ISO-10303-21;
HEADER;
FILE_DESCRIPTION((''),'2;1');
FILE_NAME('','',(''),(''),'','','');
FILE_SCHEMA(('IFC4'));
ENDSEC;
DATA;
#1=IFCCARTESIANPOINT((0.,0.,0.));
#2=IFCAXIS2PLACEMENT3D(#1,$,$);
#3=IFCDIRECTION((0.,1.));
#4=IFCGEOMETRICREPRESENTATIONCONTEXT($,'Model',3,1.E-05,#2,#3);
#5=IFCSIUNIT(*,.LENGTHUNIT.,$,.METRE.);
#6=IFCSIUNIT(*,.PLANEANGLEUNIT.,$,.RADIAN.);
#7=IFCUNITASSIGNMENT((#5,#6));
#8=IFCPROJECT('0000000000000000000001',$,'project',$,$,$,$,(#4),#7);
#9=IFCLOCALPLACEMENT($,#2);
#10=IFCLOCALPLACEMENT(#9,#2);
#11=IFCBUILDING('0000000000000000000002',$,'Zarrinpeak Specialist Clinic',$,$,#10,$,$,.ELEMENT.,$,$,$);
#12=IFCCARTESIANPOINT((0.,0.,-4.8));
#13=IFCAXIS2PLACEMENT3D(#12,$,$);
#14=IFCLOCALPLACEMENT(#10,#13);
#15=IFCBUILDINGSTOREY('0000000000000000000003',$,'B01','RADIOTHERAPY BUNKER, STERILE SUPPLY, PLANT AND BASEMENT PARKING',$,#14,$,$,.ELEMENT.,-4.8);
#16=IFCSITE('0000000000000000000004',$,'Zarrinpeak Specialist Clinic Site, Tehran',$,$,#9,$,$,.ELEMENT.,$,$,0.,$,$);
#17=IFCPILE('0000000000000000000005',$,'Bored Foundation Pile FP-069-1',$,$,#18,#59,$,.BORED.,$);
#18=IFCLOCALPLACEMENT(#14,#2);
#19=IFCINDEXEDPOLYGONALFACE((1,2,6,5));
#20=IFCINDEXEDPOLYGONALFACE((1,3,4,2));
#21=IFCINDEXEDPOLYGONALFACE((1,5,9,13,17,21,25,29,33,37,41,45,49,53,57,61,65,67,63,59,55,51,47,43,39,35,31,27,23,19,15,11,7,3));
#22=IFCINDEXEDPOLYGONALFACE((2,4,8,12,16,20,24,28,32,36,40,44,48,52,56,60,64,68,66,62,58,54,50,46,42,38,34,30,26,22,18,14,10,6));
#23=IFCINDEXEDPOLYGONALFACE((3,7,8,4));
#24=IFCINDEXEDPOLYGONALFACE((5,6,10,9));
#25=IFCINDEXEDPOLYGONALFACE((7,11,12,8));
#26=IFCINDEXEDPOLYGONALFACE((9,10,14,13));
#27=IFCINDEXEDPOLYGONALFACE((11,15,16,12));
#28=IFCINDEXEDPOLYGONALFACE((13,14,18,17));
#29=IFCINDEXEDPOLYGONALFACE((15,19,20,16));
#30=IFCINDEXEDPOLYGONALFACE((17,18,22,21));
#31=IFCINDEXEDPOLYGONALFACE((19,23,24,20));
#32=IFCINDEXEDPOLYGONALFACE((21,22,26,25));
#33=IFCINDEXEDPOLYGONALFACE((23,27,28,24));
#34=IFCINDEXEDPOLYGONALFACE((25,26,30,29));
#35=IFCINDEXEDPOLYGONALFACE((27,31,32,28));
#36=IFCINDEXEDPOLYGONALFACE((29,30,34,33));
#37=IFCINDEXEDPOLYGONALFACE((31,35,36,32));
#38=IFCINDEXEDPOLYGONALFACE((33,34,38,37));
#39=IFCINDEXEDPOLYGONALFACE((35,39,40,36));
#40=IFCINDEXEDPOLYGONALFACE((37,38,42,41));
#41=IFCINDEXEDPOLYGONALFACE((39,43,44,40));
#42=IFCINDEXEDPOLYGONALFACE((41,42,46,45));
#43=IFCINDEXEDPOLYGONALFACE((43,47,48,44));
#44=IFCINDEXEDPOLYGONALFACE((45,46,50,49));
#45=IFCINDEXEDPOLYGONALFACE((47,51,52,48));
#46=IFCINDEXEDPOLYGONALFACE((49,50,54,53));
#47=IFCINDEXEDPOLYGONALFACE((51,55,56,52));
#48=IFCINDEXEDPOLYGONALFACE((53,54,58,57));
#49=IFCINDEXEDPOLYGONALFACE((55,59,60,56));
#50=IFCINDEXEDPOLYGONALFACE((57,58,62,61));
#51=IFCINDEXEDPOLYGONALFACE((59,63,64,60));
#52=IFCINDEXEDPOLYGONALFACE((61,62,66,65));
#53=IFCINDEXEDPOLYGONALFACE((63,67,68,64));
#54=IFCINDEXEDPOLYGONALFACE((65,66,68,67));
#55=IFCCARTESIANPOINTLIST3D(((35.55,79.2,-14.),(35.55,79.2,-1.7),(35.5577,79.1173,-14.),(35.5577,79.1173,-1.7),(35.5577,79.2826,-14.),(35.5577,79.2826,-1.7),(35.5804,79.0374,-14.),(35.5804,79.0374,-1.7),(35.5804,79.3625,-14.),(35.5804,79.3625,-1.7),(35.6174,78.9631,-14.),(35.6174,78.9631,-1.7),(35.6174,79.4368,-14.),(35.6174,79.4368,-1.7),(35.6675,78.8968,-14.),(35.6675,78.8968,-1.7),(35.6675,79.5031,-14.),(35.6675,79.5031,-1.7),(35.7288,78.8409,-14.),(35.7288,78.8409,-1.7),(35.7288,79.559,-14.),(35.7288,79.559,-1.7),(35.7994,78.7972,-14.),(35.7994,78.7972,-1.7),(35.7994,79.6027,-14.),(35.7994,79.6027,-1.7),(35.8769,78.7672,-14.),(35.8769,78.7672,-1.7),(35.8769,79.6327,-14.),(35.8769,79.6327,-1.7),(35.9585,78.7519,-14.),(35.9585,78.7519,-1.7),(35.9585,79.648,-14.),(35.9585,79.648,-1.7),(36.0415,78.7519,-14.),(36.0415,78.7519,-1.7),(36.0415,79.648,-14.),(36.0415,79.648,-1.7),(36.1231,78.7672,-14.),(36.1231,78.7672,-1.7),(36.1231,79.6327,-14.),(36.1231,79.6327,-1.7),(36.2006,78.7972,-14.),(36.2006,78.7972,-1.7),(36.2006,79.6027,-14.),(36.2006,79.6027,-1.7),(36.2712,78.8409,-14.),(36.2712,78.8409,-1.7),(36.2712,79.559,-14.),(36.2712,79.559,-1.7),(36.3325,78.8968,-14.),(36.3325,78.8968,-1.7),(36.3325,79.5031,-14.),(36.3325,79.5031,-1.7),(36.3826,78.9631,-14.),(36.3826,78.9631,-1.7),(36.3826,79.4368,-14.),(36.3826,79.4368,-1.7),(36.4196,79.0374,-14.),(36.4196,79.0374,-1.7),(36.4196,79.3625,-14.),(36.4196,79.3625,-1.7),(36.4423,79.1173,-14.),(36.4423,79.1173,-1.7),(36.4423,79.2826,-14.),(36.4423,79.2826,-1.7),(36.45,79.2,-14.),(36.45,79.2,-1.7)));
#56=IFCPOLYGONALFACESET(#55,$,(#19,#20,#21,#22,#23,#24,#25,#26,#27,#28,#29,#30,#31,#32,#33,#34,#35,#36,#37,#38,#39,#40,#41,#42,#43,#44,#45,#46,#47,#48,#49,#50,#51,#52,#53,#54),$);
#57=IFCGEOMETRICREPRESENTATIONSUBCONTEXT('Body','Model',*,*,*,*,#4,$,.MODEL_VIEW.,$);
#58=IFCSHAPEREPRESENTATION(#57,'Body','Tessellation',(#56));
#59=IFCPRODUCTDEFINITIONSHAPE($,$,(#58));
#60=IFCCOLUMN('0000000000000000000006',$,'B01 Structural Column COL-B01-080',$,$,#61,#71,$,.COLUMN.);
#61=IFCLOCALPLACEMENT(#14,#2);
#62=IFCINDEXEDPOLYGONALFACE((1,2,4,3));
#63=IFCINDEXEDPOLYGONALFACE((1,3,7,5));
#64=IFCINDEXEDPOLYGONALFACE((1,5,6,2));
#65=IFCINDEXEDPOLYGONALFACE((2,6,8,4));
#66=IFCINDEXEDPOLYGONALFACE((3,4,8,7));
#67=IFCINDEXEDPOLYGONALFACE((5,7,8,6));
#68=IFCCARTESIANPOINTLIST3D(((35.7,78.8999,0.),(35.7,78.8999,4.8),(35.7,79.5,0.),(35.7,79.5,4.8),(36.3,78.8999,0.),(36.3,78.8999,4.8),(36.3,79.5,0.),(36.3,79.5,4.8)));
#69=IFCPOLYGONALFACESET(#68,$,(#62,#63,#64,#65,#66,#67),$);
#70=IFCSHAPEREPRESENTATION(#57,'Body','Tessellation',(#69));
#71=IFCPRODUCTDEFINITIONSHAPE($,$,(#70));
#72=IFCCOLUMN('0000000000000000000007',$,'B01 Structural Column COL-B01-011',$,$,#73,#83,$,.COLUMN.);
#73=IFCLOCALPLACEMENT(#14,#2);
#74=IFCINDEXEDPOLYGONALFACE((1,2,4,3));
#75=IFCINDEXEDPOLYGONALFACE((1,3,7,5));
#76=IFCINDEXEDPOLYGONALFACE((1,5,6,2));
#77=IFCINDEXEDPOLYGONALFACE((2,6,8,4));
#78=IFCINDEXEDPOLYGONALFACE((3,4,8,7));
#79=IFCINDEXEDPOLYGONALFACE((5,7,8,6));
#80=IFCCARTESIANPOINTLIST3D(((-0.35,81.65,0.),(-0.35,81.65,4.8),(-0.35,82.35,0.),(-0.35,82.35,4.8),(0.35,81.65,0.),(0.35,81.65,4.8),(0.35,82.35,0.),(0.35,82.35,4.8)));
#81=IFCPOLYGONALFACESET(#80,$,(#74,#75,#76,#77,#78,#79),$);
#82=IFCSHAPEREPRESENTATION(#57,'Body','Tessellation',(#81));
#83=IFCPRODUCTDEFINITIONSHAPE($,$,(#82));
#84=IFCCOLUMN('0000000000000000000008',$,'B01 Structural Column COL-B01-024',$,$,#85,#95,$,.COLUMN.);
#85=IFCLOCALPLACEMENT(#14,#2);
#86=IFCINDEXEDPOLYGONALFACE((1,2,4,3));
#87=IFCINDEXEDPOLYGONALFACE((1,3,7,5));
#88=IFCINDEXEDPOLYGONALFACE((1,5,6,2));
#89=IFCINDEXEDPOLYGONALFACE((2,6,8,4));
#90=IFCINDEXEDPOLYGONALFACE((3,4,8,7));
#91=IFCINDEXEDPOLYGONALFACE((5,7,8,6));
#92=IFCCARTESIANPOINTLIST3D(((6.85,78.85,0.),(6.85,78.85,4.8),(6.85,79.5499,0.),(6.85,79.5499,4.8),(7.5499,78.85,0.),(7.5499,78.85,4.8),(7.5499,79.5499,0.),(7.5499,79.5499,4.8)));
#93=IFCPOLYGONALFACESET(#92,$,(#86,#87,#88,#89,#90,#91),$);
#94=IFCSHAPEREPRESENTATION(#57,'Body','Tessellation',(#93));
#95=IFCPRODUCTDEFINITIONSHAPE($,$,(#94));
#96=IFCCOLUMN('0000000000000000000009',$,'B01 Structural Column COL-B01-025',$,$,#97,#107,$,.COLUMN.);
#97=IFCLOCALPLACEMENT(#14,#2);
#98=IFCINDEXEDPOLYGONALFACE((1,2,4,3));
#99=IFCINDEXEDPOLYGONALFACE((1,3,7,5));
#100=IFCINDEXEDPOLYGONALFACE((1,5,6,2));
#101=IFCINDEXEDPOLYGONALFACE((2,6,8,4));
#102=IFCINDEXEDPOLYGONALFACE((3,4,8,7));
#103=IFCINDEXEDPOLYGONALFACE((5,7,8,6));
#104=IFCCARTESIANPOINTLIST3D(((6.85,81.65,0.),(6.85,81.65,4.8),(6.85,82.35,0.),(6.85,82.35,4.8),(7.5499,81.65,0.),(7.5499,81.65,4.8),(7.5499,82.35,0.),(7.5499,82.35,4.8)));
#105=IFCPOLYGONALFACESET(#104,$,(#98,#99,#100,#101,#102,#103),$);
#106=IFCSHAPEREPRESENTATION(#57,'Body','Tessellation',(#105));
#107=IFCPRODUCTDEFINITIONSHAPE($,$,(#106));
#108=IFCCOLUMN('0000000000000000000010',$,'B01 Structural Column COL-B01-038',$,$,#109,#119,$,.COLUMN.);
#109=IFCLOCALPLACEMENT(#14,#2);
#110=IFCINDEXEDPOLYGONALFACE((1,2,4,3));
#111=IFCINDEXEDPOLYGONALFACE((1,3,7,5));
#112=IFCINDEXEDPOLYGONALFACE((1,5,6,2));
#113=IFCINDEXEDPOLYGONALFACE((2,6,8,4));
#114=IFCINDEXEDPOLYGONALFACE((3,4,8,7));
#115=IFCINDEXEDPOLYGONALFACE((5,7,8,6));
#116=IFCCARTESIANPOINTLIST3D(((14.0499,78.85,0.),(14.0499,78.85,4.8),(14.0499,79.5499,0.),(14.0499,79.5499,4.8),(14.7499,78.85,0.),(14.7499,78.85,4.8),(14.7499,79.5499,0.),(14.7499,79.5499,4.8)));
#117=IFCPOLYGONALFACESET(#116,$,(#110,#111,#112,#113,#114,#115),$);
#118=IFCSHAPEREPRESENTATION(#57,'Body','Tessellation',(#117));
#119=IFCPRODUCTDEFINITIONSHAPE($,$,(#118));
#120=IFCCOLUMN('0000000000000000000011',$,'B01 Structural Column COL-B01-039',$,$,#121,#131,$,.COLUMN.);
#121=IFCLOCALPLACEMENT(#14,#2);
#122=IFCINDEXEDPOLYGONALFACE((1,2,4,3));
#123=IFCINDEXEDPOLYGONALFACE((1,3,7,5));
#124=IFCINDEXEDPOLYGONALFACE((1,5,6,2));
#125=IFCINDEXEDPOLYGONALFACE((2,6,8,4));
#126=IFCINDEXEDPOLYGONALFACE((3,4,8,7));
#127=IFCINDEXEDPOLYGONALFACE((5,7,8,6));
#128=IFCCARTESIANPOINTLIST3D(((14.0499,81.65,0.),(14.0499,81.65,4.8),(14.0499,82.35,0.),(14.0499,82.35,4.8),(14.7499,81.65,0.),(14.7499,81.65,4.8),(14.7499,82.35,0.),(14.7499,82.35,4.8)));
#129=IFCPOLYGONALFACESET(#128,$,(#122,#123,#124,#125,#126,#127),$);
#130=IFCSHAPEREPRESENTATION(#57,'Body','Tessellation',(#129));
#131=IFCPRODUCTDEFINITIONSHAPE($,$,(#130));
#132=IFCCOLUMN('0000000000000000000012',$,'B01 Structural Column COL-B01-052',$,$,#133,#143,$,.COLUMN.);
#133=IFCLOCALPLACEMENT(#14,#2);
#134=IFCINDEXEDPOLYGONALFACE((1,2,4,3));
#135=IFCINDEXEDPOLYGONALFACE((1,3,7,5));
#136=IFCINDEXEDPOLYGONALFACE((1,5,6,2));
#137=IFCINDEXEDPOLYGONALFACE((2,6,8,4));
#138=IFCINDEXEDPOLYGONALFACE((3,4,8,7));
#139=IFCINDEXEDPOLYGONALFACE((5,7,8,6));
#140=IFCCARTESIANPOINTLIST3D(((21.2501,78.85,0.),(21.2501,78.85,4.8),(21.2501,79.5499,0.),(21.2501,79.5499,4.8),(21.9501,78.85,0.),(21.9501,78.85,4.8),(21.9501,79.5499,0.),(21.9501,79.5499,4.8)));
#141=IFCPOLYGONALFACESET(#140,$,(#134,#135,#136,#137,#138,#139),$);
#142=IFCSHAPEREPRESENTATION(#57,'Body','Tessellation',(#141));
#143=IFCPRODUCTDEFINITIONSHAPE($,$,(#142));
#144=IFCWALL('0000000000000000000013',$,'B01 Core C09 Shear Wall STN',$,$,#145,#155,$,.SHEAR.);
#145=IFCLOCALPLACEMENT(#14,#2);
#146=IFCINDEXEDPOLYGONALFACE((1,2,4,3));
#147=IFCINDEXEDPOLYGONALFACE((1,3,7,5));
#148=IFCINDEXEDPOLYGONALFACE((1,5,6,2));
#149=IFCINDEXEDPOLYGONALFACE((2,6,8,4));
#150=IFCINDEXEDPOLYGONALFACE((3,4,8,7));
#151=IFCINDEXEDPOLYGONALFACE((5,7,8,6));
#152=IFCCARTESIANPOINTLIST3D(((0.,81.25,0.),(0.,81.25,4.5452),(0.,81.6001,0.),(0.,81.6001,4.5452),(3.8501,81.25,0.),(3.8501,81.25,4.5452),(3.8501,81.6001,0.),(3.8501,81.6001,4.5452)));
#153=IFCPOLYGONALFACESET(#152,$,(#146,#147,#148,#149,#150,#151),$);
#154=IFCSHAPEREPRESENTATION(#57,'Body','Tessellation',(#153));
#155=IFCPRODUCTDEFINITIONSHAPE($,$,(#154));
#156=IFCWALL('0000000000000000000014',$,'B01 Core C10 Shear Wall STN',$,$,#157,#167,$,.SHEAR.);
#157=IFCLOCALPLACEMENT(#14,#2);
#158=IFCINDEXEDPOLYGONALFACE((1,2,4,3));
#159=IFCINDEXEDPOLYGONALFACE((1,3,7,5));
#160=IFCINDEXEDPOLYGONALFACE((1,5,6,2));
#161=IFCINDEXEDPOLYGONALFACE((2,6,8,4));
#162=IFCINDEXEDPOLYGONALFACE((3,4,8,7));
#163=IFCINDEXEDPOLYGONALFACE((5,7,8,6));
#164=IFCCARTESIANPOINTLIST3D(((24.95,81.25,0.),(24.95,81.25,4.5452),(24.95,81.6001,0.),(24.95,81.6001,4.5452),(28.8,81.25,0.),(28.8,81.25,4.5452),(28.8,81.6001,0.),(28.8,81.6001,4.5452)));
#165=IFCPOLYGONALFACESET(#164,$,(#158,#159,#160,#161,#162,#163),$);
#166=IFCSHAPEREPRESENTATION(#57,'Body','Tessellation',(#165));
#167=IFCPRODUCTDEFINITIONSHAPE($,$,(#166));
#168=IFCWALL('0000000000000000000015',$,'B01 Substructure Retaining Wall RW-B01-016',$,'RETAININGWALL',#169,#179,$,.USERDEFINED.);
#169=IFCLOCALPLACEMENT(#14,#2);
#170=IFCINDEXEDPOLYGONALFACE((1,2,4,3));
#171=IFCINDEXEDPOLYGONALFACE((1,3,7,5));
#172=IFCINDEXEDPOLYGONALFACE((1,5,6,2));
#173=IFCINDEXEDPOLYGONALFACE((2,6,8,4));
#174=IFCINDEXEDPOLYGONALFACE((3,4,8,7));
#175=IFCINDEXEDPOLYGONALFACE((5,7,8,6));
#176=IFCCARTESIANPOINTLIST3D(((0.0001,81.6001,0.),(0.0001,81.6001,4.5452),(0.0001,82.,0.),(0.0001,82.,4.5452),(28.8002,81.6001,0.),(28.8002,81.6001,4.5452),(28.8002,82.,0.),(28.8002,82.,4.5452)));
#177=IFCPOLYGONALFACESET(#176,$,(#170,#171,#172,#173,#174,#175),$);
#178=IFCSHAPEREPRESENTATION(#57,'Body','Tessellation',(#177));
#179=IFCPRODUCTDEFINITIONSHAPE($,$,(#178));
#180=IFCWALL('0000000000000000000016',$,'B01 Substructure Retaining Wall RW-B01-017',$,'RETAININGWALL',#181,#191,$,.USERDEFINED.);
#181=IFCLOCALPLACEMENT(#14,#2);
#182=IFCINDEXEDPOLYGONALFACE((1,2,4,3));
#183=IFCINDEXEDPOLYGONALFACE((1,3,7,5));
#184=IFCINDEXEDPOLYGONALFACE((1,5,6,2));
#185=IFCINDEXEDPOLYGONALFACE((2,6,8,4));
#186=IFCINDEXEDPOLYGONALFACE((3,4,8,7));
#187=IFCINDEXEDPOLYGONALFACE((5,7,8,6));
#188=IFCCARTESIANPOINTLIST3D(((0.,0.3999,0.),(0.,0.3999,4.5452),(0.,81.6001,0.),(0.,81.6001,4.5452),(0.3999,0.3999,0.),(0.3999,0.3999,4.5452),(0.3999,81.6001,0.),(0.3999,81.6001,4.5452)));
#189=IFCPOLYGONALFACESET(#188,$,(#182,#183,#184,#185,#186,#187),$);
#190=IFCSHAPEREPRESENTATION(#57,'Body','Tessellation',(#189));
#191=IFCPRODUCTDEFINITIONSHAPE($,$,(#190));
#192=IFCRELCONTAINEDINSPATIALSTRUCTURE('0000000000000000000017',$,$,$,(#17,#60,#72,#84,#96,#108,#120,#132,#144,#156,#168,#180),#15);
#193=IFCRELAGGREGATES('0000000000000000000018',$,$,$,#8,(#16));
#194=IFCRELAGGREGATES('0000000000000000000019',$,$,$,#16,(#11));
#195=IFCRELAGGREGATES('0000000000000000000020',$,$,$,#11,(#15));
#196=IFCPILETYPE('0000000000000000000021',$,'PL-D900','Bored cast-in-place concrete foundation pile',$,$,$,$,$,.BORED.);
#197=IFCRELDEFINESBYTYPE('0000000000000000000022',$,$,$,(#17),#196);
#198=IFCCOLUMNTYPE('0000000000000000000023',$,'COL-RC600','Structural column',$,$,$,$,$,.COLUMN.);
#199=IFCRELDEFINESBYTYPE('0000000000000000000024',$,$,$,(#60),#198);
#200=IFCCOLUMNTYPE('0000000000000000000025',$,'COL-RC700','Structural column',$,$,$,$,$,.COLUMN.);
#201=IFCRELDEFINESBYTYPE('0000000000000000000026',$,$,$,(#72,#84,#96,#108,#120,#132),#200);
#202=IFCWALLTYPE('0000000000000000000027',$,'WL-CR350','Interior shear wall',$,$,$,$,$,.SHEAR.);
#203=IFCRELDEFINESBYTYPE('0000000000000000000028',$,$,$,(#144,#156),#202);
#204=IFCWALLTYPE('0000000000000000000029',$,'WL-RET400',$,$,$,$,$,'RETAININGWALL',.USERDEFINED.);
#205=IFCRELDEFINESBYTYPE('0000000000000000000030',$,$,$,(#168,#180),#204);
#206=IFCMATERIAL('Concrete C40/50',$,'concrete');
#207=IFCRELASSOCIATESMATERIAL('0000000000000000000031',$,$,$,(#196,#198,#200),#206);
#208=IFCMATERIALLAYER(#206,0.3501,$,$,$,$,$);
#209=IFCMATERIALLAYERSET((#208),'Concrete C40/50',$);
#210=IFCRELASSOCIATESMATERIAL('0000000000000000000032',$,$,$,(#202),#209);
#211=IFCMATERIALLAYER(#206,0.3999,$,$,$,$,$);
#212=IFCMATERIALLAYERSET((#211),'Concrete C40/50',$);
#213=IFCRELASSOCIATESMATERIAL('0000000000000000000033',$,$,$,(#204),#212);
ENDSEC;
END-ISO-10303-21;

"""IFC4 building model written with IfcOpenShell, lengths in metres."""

from ifc_helpers import new_model, si_unit, direction, frame, frame_2d, origin, origin_2d, place, context, subcontext, project, spatial, rectangle, circle, extrude, material, layer, layer_set, material_profile, profile_set, type_object, element, save


model = new_model("IFC4")

# Units and contexts
model_context = context("Model", 3, precision=1e-05, world=origin(), true_north=direction((0.0, 1.0)))
body_context = subcontext(model_context, "Body", "Model", "MODEL_VIEW")
ifc_project = project(units=[si_unit("LENGTHUNIT", "METRE"), si_unit("PLANEANGLEUNIT", "RADIAN")], contexts=[model_context])

# Site, building, storey
site_placement = place(None, origin())
site = spatial("IfcSite", under=ifc_project, at=site_placement, Name="Zarrinpeak Specialist Clinic Site, Tehran", CompositionType="ELEMENT", RefElevation=0.0)
building_placement = place(site_placement, origin())
building = spatial("IfcBuilding", under=site, at=building_placement, Name="Zarrinpeak Specialist Clinic", CompositionType="ELEMENT")
storey_placement = place(building_placement, frame((0.0, 0.0, -4.8)))
storey = spatial("IfcBuildingStorey", under=building, at=storey_placement, Name="B01", Description="RADIOTHERAPY BUNKER, STERILE SUPPLY, PLANT AND BASEMENT PARKING", CompositionType="ELEMENT", Elevation=-4.8)

# Shared definitions
ifc_material_1 = material(Name="Concrete C40/50", Category="concrete")

# Pile
ifc_material_profile_1 = material_profile(ifc_material_1, circle(Radius=0.45, at=origin_2d()), Name="BORED PILE D900")
ifc_profile_set_1 = profile_set([ifc_material_profile_1], Name="Concrete C40/50")
pile_type = type_object("IfcPileType", Name="PL-D900", Description="Bored cast-in-place concrete foundation pile", PredefinedType="BORED", material=ifc_profile_set_1)
for number, where, z_axis, x_axis, name in (
    (1, (36.0, 79.2, -1.7), (0.0, 0.0, -1.0), (1.0, 0.0, 0.0), "Bored Foundation Pile FP-069-1"),
):
    element("IfcPile", number, at=place(storey_placement, frame(where, z_axis=z_axis, x_axis=x_axis)), inside=storey, type_object=pile_type, Name=name, PredefinedType="BORED", context=body_context, shape_type="SweptSolid", body=[
        extrude(circle(Radius=0.45, at=origin_2d()), origin(), (0.0, 0.0, 1.0), 12.3),
    ])

# Columns
ifc_material_profile_2 = material_profile(ifc_material_1, rectangle(XDim=0.6001, YDim=0.6001, at=origin_2d()), Name="RC 600x600")
ifc_profile_set_2 = profile_set([ifc_material_profile_2], Name="Concrete C40/50")
column_type_1 = type_object("IfcColumnType", Name="COL-RC600", Description="Structural column", PredefinedType="COLUMN", material=ifc_profile_set_2)
column_placement = place(storey_placement, frame((36.0, 79.2, 0.0), z_axis=(0.0, 0.0, 1.0), x_axis=(1.0, 0.0, 0.0)))
element("IfcColumn", 2, at=column_placement, inside=storey, type_object=column_type_1, Name="B01 Structural Column COL-B01-080", PredefinedType="COLUMN", context=body_context, shape_type="SweptSolid", body=[
    extrude(rectangle(XDim=0.6001, YDim=0.6001, at=origin_2d()), origin(), (0.0, 0.0, 1.0), 4.8),
])
ifc_material_profile_3 = material_profile(ifc_material_1, rectangle(XDim=0.7, YDim=0.7, at=origin_2d()), Name="RC 700x700")
ifc_profile_set_3 = profile_set([ifc_material_profile_3], Name="Concrete C40/50")
column_type_2 = type_object("IfcColumnType", Name="COL-RC700", Description="Structural column", PredefinedType="COLUMN", material=ifc_profile_set_3)
for number, where, z_axis, x_axis, name in (
    (3, (0.0, 82.0, 0.0), (0.0, 0.0, 1.0), (1.0, 0.0, 0.0), "B01 Structural Column COL-B01-011"),
    (4, (7.2, 79.2, 0.0), (0.0, 0.0, 1.0), (1.0, 0.0, 0.0), "B01 Structural Column COL-B01-024"),
    (5, (7.2, 82.0, 0.0), (0.0, 0.0, 1.0), (1.0, 0.0, 0.0), "B01 Structural Column COL-B01-025"),
    (6, (14.3999, 79.2, 0.0), (0.0, 0.0, 1.0), (1.0, 0.0, 0.0), "B01 Structural Column COL-B01-038"),
    (7, (14.3999, 82.0, 0.0), (0.0, 0.0, 1.0), (1.0, 0.0, 0.0), "B01 Structural Column COL-B01-039"),
    (8, (21.6001, 79.2, 0.0), (0.0, 0.0, 1.0), (1.0, 0.0, 0.0), "B01 Structural Column COL-B01-052"),
):
    element("IfcColumn", number, at=place(storey_placement, frame(where, z_axis=z_axis, x_axis=x_axis)), inside=storey, type_object=column_type_2, Name=name, PredefinedType="COLUMN", context=body_context, shape_type="SweptSolid", body=[
        extrude(rectangle(XDim=0.7, YDim=0.7, at=origin_2d()), origin(), (0.0, 0.0, 1.0), 4.8),
    ])

# Walls
ifc_layer_1 = layer(ifc_material_1, 0.3501)
ifc_layer_set_1 = layer_set([ifc_layer_1], Name="Concrete C40/50")
wall_type_1 = type_object("IfcWallType", Name="WL-CR350", Description="Interior shear wall", PredefinedType="SHEAR", material=ifc_layer_set_1)
for number, where, z_axis, x_axis, name in (
    (9, (0.0, 81.425, 0.0), (0.0, 0.0, 1.0), (1.0, 0.0, 0.0), "B01 Core C09 Shear Wall STN"),
    (10, (24.95, 81.425, 0.0), (0.0, 0.0, 1.0), (1.0, 0.0, 0.0), "B01 Core C10 Shear Wall STN"),
):
    element("IfcWall", number, at=place(storey_placement, frame(where, z_axis=z_axis, x_axis=x_axis)), inside=storey, type_object=wall_type_1, Name=name, PredefinedType="SHEAR", context=body_context, shape_type="SweptSolid", body=[
        extrude(rectangle(XDim=3.8501, YDim=0.3501, at=frame_2d((1.925, 0.0))), origin(), (0.0, 0.0, 1.0), 4.5452),
    ])
ifc_layer_2 = layer(ifc_material_1, 0.3999)
ifc_layer_set_2 = layer_set([ifc_layer_2], Name="Concrete C40/50")
wall_type_2 = type_object("IfcWallType", Name="WL-RET400", ElementType="RETAININGWALL", PredefinedType="USERDEFINED", material=ifc_layer_set_2)
wall_1_placement = place(storey_placement, frame((28.8, 81.8, 0.0), z_axis=(0.0, 0.0, 1.0), x_axis=(-1.0, 0.0, 0.0)))
element("IfcWall", 11, at=wall_1_placement, inside=storey, type_object=wall_type_2, Name="B01 Substructure Retaining Wall RW-B01-016", ObjectType="RETAININGWALL", PredefinedType="USERDEFINED", context=body_context, shape_type="SweptSolid", body=[
    extrude(rectangle(XDim=28.8, YDim=0.3999, at=frame_2d((14.3999, 0.0))), origin(), (0.0, 0.0, 1.0), 4.5452),
])
wall_2_placement = place(storey_placement, frame((0.2, 81.6001, 0.0), z_axis=(0.0, 0.0, 1.0), x_axis=(0.0, -1.0, 0.0)))
element("IfcWall", 12, at=wall_2_placement, inside=storey, type_object=wall_type_2, Name="B01 Substructure Retaining Wall RW-B01-017", ObjectType="RETAININGWALL", PredefinedType="USERDEFINED", context=body_context, shape_type="SweptSolid", body=[
    extrude(rectangle(XDim=81.2002, YDim=0.3999, at=frame_2d((40.6001, 0.0))), origin(), (0.0, 0.0, 1.0), 4.5452),
])

save(model, "model.ifc")
